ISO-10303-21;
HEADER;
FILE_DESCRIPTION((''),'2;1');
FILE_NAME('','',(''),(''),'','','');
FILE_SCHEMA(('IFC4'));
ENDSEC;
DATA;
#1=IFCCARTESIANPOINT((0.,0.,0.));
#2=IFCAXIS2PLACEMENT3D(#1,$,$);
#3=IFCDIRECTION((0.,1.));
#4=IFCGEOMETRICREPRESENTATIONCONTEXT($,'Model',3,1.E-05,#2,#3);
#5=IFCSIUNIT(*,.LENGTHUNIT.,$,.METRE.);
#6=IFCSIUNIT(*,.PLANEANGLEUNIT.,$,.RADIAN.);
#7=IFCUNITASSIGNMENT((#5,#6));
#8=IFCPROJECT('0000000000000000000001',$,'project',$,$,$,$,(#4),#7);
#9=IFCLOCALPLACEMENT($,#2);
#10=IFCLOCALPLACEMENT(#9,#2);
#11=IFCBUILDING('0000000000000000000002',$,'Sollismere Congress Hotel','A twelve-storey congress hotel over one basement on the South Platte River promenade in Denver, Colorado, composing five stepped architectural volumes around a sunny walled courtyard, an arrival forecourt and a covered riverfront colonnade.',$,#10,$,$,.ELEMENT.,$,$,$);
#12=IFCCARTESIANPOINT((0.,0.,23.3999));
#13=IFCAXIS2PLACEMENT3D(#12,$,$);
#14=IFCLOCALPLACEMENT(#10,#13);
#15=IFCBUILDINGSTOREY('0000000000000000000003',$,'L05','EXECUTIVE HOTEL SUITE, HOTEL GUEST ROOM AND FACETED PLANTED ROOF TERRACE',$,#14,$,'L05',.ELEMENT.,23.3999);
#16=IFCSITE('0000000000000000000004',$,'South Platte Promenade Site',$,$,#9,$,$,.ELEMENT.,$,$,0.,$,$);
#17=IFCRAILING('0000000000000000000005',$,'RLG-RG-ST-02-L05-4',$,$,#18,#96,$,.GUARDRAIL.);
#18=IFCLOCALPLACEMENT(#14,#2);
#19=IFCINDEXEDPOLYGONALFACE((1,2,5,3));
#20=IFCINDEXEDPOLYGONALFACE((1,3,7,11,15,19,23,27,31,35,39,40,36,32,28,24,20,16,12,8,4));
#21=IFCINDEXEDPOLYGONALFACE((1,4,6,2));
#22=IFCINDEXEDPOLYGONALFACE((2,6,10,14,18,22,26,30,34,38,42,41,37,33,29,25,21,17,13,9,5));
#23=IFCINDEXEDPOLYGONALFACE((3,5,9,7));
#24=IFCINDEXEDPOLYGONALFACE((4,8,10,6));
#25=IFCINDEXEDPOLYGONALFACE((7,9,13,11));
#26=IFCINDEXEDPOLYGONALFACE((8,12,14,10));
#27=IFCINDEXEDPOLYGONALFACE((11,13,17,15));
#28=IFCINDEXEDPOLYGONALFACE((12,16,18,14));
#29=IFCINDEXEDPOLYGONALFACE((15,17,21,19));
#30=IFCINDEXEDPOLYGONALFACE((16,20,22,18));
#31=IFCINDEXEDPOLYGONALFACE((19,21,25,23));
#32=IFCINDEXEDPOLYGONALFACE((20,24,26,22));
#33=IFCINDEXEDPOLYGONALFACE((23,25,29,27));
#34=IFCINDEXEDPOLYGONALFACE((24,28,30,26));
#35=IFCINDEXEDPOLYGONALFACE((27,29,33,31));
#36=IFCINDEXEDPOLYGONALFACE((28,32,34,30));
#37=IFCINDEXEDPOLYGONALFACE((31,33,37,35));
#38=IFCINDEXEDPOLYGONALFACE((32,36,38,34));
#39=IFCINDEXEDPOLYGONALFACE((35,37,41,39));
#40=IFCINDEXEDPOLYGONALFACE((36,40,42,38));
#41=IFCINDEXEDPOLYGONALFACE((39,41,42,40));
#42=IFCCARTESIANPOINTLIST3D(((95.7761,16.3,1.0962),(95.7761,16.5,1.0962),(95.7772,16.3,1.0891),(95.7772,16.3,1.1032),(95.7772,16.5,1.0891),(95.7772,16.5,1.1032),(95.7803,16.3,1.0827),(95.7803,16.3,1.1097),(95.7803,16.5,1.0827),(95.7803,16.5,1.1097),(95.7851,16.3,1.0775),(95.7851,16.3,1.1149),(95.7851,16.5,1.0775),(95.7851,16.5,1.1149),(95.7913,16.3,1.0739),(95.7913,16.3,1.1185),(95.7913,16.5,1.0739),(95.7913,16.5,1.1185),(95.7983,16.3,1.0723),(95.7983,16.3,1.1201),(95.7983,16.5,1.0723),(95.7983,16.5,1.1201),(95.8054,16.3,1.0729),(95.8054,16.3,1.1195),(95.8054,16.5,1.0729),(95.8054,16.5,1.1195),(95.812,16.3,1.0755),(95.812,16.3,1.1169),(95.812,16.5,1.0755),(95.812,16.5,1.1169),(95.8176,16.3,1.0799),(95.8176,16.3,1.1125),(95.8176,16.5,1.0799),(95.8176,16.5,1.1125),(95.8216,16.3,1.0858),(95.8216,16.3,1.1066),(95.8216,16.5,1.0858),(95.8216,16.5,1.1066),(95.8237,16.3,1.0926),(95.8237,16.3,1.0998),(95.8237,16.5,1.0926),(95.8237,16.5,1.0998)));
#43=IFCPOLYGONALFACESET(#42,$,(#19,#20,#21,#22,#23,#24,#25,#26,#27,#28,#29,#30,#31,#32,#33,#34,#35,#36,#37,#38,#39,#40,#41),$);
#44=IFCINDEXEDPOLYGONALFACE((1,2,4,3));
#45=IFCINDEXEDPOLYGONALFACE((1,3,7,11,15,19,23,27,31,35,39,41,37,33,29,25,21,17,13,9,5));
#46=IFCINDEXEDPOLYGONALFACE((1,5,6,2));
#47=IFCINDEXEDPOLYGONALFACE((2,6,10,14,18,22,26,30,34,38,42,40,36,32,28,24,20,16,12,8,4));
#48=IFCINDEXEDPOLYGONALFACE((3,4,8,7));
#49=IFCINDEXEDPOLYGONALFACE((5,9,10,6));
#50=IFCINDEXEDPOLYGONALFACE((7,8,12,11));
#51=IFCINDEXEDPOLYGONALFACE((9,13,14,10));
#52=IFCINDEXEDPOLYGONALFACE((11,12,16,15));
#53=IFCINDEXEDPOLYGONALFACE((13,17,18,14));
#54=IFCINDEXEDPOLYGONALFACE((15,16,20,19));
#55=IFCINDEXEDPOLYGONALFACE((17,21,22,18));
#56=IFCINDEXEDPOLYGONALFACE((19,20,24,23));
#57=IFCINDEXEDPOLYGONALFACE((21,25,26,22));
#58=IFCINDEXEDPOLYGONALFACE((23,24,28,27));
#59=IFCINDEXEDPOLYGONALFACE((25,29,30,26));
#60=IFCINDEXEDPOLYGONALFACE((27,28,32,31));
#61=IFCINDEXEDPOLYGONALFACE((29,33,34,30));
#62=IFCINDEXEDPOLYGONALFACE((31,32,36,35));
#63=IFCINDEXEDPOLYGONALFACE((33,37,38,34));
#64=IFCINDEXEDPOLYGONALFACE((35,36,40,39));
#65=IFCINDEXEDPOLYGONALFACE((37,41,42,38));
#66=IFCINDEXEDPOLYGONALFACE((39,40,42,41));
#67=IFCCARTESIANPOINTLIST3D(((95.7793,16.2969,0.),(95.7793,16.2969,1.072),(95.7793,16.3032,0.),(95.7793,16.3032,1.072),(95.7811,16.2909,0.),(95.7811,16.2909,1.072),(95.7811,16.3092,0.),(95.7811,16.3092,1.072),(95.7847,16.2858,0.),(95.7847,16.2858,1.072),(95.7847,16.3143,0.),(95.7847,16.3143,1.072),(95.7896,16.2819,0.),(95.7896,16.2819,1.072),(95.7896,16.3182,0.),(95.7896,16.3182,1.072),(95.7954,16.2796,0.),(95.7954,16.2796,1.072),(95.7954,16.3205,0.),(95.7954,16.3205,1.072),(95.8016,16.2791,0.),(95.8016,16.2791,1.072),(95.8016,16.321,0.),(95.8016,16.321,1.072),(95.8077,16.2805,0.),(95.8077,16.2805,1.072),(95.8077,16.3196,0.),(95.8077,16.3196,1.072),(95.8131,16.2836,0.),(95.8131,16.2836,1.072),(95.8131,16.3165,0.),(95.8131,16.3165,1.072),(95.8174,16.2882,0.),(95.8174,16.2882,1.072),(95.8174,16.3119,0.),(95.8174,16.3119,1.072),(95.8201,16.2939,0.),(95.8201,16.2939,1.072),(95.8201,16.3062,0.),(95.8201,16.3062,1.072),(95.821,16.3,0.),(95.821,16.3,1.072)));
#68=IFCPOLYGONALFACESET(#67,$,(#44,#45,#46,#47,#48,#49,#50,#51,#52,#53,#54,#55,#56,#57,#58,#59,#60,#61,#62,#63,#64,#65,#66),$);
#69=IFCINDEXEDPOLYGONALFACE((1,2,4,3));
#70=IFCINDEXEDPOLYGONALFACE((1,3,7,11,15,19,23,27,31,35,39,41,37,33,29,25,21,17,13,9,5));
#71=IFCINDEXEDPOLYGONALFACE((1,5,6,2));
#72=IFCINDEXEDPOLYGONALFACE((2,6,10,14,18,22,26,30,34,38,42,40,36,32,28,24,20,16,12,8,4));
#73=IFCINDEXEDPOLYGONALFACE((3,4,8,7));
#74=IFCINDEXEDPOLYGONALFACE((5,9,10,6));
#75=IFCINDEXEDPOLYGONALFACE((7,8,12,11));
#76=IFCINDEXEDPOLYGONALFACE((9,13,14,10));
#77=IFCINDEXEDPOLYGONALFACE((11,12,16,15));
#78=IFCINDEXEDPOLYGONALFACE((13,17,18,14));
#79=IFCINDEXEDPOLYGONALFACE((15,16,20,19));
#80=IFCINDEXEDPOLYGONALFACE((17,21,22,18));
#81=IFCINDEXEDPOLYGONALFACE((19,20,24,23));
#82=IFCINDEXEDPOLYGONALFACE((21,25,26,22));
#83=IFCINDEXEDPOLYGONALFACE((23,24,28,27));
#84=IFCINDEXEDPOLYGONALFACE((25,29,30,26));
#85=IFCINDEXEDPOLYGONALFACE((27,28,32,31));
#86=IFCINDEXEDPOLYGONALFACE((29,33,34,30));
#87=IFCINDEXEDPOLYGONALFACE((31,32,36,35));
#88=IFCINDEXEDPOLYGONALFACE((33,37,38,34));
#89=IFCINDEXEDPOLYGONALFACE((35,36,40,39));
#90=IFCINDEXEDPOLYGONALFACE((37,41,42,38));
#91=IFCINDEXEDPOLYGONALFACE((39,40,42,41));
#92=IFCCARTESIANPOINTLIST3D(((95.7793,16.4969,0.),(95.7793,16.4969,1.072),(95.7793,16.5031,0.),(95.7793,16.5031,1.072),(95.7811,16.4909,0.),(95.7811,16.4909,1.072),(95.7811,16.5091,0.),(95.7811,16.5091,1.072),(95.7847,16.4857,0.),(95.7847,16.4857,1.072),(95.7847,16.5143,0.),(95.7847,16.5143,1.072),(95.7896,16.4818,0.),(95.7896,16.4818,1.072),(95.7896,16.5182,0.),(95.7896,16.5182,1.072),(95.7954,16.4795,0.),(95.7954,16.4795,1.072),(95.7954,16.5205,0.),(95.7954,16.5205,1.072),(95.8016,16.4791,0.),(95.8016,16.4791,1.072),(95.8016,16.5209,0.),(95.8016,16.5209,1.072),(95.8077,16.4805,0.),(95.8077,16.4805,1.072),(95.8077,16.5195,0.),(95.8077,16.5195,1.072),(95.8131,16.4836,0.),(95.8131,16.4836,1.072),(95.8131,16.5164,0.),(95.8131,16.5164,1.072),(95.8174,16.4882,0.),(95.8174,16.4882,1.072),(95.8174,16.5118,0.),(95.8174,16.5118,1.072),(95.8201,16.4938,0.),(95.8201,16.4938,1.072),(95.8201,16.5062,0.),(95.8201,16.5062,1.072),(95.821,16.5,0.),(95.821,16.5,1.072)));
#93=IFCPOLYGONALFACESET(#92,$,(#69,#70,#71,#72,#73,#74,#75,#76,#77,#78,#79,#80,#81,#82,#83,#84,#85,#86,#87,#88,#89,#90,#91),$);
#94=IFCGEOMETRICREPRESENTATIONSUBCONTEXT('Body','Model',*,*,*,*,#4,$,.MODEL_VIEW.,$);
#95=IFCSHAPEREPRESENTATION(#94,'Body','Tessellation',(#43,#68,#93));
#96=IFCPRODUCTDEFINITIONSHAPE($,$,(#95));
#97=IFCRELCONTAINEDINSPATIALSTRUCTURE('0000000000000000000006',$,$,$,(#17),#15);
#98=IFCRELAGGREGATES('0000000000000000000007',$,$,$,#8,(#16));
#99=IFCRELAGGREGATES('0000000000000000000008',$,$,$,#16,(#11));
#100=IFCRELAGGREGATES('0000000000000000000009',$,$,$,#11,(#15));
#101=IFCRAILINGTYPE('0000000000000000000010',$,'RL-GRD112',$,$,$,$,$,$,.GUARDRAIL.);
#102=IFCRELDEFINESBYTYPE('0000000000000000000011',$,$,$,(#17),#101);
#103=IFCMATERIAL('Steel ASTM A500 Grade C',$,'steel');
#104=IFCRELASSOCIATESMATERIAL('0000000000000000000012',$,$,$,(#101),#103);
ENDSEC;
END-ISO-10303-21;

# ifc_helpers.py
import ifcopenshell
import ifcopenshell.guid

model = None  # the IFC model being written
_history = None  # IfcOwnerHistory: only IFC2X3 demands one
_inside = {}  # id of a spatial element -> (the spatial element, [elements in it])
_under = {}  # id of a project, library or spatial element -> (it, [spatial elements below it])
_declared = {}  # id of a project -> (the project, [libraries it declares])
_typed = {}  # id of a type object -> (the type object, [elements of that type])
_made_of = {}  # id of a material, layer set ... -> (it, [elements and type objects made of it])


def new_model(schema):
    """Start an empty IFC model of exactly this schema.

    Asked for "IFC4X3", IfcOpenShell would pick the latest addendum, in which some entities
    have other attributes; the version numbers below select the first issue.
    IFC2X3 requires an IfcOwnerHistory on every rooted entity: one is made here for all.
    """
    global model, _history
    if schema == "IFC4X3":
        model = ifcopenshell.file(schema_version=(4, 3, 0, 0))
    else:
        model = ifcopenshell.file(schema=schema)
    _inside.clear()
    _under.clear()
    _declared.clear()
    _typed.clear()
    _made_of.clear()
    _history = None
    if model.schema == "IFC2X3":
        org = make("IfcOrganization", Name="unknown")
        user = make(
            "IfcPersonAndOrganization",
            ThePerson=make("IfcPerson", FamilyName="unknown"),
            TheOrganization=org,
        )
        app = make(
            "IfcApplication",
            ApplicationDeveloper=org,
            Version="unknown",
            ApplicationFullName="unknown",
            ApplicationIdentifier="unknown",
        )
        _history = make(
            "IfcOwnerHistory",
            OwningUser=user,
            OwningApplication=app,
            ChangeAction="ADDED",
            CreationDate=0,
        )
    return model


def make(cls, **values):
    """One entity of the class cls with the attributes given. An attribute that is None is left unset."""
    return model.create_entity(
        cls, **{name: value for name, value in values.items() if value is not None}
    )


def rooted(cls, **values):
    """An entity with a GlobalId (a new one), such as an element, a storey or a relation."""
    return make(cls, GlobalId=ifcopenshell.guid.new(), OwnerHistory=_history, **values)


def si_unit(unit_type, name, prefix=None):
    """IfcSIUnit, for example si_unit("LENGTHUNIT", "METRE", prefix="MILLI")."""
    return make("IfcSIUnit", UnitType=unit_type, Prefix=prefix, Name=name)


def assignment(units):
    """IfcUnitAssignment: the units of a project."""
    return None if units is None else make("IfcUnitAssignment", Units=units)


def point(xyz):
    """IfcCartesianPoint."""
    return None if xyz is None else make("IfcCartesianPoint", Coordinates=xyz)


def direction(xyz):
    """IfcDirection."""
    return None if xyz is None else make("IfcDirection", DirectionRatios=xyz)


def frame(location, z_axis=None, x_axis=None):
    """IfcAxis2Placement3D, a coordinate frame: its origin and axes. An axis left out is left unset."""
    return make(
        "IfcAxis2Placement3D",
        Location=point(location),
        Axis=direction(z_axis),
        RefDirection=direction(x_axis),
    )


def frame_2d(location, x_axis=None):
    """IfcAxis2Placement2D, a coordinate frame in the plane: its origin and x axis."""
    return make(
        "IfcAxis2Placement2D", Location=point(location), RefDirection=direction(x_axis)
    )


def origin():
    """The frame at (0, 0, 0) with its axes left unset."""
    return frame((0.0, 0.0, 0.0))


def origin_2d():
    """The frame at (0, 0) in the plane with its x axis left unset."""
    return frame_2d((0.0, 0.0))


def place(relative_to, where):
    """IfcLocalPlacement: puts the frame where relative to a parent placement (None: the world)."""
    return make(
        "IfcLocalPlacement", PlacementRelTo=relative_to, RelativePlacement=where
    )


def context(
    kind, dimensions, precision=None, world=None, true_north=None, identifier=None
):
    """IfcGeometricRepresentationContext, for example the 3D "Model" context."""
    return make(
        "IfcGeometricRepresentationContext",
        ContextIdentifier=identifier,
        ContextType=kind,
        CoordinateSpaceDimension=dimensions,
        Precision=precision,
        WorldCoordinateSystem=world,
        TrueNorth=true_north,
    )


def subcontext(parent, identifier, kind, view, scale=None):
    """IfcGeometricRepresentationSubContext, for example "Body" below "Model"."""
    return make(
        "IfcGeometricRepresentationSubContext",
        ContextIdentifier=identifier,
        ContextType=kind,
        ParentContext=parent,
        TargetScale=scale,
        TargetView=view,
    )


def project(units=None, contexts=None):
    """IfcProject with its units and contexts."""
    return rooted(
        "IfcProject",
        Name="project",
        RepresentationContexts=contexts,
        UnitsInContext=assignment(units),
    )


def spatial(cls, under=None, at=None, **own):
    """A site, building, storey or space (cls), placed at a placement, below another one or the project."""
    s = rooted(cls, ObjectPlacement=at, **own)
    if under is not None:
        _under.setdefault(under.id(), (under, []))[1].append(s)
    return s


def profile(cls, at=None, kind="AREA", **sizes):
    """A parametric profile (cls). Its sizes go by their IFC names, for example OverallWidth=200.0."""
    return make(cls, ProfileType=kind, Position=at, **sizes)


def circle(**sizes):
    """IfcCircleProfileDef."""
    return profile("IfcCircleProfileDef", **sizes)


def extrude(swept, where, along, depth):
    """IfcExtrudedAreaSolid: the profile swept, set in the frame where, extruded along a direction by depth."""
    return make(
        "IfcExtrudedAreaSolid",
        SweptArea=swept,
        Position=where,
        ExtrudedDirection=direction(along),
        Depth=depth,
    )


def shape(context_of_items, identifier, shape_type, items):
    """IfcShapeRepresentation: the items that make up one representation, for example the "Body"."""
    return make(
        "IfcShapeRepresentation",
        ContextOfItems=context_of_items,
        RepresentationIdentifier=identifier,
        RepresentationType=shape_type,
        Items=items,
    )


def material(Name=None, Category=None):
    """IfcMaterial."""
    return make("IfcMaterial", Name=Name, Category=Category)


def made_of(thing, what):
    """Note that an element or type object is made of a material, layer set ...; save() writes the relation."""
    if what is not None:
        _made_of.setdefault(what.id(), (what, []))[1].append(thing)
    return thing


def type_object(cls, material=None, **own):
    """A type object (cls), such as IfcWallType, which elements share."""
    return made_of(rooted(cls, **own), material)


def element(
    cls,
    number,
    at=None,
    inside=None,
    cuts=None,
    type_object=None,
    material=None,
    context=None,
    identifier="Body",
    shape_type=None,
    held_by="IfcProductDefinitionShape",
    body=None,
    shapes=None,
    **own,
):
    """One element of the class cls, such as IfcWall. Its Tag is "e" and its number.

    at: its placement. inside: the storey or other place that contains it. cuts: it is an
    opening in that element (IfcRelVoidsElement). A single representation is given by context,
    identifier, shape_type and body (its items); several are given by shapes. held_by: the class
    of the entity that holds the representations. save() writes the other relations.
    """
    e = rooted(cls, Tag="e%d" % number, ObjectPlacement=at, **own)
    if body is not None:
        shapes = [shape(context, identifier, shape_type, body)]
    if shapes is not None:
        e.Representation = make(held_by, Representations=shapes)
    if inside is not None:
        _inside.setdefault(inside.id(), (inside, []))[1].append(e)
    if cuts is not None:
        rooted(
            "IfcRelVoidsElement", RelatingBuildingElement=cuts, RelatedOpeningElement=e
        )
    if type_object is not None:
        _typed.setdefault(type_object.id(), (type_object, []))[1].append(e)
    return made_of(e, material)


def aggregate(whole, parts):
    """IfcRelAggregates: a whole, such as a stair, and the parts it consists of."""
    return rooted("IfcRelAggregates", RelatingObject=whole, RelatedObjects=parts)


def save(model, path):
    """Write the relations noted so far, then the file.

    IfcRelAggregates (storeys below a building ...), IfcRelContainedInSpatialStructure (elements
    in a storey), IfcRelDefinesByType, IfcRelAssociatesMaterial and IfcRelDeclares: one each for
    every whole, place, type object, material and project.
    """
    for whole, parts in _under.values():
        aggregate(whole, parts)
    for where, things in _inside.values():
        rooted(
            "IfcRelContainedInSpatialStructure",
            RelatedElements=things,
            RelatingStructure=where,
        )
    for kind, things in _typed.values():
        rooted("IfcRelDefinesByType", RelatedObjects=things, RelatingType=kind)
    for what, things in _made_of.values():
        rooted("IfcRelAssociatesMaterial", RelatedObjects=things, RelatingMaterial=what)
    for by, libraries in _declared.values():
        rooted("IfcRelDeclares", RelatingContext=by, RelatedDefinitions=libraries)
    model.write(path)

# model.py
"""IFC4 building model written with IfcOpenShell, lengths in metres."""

from ifc_helpers import new_model, si_unit, direction, frame, origin, origin_2d, place, context, subcontext, project, spatial, circle, extrude, material, type_object, element, save


model = new_model("IFC4")

# Units and contexts
model_context = context("Model", 3, precision=1e-05, world=origin(), true_north=direction((0.0, 1.0)))
body_context = subcontext(model_context, "Body", "Model", "MODEL_VIEW")
ifc_project = project(units=[si_unit("LENGTHUNIT", "METRE"), si_unit("PLANEANGLEUNIT", "RADIAN")], contexts=[model_context])

# Site, building, storey
site_placement = place(None, origin())
site = spatial("IfcSite", under=ifc_project, at=site_placement, Name="South Platte Promenade Site", CompositionType="ELEMENT", RefElevation=0.0)
building_placement = place(site_placement, origin())
building = spatial("IfcBuilding", under=site, at=building_placement, Name="Sollismere Congress Hotel", Description="A twelve-storey congress hotel over one basement on the South Platte River promenade in Denver, Colorado, composing five stepped architectural volumes around a sunny walled courtyard, an arrival forecourt and a covered riverfront colonnade.", CompositionType="ELEMENT")
storey_placement = place(building_placement, frame((0.0, 0.0, 23.3999)))
storey = spatial("IfcBuildingStorey", under=building, at=storey_placement, Name="L05", Description="EXECUTIVE HOTEL SUITE, HOTEL GUEST ROOM AND FACETED PLANTED ROOF TERRACE", LongName="L05", CompositionType="ELEMENT", Elevation=23.3999)

# Shared definitions
ifc_material_1 = material(Name="Steel ASTM A500 Grade C", Category="steel")

# Railing
railing_type_1 = type_object("IfcRailingType", Name="RL-GRD112", PredefinedType="GUARDRAIL", material=ifc_material_1)
railing_1_placement = place(storey_placement, frame((95.8, 16.3, 0.0)))
element("IfcRailing", 1, at=railing_1_placement, inside=storey, type_object=railing_type_1, Name="RLG-RG-ST-02-L05-4", PredefinedType="GUARDRAIL", context=body_context, shape_type="SweptSolid", body=[
    extrude(circle(Radius=0.0239, at=origin_2d()), frame((0.0, 0.0, 1.0962), z_axis=(0.0, 1.0, 0.0), x_axis=(-1.0, 0.0, 0.0)), (0.0, 0.0, 1.0), 0.2),
    extrude(circle(Radius=0.021, at=origin_2d()), origin(), (0.0, 0.0, 1.0), 1.072),
    extrude(circle(Radius=0.021, at=origin_2d()), frame((0.0, 0.2, 0.0)), (0.0, 0.0, 1.0), 1.072),
])

save(model, "model.ifc")
